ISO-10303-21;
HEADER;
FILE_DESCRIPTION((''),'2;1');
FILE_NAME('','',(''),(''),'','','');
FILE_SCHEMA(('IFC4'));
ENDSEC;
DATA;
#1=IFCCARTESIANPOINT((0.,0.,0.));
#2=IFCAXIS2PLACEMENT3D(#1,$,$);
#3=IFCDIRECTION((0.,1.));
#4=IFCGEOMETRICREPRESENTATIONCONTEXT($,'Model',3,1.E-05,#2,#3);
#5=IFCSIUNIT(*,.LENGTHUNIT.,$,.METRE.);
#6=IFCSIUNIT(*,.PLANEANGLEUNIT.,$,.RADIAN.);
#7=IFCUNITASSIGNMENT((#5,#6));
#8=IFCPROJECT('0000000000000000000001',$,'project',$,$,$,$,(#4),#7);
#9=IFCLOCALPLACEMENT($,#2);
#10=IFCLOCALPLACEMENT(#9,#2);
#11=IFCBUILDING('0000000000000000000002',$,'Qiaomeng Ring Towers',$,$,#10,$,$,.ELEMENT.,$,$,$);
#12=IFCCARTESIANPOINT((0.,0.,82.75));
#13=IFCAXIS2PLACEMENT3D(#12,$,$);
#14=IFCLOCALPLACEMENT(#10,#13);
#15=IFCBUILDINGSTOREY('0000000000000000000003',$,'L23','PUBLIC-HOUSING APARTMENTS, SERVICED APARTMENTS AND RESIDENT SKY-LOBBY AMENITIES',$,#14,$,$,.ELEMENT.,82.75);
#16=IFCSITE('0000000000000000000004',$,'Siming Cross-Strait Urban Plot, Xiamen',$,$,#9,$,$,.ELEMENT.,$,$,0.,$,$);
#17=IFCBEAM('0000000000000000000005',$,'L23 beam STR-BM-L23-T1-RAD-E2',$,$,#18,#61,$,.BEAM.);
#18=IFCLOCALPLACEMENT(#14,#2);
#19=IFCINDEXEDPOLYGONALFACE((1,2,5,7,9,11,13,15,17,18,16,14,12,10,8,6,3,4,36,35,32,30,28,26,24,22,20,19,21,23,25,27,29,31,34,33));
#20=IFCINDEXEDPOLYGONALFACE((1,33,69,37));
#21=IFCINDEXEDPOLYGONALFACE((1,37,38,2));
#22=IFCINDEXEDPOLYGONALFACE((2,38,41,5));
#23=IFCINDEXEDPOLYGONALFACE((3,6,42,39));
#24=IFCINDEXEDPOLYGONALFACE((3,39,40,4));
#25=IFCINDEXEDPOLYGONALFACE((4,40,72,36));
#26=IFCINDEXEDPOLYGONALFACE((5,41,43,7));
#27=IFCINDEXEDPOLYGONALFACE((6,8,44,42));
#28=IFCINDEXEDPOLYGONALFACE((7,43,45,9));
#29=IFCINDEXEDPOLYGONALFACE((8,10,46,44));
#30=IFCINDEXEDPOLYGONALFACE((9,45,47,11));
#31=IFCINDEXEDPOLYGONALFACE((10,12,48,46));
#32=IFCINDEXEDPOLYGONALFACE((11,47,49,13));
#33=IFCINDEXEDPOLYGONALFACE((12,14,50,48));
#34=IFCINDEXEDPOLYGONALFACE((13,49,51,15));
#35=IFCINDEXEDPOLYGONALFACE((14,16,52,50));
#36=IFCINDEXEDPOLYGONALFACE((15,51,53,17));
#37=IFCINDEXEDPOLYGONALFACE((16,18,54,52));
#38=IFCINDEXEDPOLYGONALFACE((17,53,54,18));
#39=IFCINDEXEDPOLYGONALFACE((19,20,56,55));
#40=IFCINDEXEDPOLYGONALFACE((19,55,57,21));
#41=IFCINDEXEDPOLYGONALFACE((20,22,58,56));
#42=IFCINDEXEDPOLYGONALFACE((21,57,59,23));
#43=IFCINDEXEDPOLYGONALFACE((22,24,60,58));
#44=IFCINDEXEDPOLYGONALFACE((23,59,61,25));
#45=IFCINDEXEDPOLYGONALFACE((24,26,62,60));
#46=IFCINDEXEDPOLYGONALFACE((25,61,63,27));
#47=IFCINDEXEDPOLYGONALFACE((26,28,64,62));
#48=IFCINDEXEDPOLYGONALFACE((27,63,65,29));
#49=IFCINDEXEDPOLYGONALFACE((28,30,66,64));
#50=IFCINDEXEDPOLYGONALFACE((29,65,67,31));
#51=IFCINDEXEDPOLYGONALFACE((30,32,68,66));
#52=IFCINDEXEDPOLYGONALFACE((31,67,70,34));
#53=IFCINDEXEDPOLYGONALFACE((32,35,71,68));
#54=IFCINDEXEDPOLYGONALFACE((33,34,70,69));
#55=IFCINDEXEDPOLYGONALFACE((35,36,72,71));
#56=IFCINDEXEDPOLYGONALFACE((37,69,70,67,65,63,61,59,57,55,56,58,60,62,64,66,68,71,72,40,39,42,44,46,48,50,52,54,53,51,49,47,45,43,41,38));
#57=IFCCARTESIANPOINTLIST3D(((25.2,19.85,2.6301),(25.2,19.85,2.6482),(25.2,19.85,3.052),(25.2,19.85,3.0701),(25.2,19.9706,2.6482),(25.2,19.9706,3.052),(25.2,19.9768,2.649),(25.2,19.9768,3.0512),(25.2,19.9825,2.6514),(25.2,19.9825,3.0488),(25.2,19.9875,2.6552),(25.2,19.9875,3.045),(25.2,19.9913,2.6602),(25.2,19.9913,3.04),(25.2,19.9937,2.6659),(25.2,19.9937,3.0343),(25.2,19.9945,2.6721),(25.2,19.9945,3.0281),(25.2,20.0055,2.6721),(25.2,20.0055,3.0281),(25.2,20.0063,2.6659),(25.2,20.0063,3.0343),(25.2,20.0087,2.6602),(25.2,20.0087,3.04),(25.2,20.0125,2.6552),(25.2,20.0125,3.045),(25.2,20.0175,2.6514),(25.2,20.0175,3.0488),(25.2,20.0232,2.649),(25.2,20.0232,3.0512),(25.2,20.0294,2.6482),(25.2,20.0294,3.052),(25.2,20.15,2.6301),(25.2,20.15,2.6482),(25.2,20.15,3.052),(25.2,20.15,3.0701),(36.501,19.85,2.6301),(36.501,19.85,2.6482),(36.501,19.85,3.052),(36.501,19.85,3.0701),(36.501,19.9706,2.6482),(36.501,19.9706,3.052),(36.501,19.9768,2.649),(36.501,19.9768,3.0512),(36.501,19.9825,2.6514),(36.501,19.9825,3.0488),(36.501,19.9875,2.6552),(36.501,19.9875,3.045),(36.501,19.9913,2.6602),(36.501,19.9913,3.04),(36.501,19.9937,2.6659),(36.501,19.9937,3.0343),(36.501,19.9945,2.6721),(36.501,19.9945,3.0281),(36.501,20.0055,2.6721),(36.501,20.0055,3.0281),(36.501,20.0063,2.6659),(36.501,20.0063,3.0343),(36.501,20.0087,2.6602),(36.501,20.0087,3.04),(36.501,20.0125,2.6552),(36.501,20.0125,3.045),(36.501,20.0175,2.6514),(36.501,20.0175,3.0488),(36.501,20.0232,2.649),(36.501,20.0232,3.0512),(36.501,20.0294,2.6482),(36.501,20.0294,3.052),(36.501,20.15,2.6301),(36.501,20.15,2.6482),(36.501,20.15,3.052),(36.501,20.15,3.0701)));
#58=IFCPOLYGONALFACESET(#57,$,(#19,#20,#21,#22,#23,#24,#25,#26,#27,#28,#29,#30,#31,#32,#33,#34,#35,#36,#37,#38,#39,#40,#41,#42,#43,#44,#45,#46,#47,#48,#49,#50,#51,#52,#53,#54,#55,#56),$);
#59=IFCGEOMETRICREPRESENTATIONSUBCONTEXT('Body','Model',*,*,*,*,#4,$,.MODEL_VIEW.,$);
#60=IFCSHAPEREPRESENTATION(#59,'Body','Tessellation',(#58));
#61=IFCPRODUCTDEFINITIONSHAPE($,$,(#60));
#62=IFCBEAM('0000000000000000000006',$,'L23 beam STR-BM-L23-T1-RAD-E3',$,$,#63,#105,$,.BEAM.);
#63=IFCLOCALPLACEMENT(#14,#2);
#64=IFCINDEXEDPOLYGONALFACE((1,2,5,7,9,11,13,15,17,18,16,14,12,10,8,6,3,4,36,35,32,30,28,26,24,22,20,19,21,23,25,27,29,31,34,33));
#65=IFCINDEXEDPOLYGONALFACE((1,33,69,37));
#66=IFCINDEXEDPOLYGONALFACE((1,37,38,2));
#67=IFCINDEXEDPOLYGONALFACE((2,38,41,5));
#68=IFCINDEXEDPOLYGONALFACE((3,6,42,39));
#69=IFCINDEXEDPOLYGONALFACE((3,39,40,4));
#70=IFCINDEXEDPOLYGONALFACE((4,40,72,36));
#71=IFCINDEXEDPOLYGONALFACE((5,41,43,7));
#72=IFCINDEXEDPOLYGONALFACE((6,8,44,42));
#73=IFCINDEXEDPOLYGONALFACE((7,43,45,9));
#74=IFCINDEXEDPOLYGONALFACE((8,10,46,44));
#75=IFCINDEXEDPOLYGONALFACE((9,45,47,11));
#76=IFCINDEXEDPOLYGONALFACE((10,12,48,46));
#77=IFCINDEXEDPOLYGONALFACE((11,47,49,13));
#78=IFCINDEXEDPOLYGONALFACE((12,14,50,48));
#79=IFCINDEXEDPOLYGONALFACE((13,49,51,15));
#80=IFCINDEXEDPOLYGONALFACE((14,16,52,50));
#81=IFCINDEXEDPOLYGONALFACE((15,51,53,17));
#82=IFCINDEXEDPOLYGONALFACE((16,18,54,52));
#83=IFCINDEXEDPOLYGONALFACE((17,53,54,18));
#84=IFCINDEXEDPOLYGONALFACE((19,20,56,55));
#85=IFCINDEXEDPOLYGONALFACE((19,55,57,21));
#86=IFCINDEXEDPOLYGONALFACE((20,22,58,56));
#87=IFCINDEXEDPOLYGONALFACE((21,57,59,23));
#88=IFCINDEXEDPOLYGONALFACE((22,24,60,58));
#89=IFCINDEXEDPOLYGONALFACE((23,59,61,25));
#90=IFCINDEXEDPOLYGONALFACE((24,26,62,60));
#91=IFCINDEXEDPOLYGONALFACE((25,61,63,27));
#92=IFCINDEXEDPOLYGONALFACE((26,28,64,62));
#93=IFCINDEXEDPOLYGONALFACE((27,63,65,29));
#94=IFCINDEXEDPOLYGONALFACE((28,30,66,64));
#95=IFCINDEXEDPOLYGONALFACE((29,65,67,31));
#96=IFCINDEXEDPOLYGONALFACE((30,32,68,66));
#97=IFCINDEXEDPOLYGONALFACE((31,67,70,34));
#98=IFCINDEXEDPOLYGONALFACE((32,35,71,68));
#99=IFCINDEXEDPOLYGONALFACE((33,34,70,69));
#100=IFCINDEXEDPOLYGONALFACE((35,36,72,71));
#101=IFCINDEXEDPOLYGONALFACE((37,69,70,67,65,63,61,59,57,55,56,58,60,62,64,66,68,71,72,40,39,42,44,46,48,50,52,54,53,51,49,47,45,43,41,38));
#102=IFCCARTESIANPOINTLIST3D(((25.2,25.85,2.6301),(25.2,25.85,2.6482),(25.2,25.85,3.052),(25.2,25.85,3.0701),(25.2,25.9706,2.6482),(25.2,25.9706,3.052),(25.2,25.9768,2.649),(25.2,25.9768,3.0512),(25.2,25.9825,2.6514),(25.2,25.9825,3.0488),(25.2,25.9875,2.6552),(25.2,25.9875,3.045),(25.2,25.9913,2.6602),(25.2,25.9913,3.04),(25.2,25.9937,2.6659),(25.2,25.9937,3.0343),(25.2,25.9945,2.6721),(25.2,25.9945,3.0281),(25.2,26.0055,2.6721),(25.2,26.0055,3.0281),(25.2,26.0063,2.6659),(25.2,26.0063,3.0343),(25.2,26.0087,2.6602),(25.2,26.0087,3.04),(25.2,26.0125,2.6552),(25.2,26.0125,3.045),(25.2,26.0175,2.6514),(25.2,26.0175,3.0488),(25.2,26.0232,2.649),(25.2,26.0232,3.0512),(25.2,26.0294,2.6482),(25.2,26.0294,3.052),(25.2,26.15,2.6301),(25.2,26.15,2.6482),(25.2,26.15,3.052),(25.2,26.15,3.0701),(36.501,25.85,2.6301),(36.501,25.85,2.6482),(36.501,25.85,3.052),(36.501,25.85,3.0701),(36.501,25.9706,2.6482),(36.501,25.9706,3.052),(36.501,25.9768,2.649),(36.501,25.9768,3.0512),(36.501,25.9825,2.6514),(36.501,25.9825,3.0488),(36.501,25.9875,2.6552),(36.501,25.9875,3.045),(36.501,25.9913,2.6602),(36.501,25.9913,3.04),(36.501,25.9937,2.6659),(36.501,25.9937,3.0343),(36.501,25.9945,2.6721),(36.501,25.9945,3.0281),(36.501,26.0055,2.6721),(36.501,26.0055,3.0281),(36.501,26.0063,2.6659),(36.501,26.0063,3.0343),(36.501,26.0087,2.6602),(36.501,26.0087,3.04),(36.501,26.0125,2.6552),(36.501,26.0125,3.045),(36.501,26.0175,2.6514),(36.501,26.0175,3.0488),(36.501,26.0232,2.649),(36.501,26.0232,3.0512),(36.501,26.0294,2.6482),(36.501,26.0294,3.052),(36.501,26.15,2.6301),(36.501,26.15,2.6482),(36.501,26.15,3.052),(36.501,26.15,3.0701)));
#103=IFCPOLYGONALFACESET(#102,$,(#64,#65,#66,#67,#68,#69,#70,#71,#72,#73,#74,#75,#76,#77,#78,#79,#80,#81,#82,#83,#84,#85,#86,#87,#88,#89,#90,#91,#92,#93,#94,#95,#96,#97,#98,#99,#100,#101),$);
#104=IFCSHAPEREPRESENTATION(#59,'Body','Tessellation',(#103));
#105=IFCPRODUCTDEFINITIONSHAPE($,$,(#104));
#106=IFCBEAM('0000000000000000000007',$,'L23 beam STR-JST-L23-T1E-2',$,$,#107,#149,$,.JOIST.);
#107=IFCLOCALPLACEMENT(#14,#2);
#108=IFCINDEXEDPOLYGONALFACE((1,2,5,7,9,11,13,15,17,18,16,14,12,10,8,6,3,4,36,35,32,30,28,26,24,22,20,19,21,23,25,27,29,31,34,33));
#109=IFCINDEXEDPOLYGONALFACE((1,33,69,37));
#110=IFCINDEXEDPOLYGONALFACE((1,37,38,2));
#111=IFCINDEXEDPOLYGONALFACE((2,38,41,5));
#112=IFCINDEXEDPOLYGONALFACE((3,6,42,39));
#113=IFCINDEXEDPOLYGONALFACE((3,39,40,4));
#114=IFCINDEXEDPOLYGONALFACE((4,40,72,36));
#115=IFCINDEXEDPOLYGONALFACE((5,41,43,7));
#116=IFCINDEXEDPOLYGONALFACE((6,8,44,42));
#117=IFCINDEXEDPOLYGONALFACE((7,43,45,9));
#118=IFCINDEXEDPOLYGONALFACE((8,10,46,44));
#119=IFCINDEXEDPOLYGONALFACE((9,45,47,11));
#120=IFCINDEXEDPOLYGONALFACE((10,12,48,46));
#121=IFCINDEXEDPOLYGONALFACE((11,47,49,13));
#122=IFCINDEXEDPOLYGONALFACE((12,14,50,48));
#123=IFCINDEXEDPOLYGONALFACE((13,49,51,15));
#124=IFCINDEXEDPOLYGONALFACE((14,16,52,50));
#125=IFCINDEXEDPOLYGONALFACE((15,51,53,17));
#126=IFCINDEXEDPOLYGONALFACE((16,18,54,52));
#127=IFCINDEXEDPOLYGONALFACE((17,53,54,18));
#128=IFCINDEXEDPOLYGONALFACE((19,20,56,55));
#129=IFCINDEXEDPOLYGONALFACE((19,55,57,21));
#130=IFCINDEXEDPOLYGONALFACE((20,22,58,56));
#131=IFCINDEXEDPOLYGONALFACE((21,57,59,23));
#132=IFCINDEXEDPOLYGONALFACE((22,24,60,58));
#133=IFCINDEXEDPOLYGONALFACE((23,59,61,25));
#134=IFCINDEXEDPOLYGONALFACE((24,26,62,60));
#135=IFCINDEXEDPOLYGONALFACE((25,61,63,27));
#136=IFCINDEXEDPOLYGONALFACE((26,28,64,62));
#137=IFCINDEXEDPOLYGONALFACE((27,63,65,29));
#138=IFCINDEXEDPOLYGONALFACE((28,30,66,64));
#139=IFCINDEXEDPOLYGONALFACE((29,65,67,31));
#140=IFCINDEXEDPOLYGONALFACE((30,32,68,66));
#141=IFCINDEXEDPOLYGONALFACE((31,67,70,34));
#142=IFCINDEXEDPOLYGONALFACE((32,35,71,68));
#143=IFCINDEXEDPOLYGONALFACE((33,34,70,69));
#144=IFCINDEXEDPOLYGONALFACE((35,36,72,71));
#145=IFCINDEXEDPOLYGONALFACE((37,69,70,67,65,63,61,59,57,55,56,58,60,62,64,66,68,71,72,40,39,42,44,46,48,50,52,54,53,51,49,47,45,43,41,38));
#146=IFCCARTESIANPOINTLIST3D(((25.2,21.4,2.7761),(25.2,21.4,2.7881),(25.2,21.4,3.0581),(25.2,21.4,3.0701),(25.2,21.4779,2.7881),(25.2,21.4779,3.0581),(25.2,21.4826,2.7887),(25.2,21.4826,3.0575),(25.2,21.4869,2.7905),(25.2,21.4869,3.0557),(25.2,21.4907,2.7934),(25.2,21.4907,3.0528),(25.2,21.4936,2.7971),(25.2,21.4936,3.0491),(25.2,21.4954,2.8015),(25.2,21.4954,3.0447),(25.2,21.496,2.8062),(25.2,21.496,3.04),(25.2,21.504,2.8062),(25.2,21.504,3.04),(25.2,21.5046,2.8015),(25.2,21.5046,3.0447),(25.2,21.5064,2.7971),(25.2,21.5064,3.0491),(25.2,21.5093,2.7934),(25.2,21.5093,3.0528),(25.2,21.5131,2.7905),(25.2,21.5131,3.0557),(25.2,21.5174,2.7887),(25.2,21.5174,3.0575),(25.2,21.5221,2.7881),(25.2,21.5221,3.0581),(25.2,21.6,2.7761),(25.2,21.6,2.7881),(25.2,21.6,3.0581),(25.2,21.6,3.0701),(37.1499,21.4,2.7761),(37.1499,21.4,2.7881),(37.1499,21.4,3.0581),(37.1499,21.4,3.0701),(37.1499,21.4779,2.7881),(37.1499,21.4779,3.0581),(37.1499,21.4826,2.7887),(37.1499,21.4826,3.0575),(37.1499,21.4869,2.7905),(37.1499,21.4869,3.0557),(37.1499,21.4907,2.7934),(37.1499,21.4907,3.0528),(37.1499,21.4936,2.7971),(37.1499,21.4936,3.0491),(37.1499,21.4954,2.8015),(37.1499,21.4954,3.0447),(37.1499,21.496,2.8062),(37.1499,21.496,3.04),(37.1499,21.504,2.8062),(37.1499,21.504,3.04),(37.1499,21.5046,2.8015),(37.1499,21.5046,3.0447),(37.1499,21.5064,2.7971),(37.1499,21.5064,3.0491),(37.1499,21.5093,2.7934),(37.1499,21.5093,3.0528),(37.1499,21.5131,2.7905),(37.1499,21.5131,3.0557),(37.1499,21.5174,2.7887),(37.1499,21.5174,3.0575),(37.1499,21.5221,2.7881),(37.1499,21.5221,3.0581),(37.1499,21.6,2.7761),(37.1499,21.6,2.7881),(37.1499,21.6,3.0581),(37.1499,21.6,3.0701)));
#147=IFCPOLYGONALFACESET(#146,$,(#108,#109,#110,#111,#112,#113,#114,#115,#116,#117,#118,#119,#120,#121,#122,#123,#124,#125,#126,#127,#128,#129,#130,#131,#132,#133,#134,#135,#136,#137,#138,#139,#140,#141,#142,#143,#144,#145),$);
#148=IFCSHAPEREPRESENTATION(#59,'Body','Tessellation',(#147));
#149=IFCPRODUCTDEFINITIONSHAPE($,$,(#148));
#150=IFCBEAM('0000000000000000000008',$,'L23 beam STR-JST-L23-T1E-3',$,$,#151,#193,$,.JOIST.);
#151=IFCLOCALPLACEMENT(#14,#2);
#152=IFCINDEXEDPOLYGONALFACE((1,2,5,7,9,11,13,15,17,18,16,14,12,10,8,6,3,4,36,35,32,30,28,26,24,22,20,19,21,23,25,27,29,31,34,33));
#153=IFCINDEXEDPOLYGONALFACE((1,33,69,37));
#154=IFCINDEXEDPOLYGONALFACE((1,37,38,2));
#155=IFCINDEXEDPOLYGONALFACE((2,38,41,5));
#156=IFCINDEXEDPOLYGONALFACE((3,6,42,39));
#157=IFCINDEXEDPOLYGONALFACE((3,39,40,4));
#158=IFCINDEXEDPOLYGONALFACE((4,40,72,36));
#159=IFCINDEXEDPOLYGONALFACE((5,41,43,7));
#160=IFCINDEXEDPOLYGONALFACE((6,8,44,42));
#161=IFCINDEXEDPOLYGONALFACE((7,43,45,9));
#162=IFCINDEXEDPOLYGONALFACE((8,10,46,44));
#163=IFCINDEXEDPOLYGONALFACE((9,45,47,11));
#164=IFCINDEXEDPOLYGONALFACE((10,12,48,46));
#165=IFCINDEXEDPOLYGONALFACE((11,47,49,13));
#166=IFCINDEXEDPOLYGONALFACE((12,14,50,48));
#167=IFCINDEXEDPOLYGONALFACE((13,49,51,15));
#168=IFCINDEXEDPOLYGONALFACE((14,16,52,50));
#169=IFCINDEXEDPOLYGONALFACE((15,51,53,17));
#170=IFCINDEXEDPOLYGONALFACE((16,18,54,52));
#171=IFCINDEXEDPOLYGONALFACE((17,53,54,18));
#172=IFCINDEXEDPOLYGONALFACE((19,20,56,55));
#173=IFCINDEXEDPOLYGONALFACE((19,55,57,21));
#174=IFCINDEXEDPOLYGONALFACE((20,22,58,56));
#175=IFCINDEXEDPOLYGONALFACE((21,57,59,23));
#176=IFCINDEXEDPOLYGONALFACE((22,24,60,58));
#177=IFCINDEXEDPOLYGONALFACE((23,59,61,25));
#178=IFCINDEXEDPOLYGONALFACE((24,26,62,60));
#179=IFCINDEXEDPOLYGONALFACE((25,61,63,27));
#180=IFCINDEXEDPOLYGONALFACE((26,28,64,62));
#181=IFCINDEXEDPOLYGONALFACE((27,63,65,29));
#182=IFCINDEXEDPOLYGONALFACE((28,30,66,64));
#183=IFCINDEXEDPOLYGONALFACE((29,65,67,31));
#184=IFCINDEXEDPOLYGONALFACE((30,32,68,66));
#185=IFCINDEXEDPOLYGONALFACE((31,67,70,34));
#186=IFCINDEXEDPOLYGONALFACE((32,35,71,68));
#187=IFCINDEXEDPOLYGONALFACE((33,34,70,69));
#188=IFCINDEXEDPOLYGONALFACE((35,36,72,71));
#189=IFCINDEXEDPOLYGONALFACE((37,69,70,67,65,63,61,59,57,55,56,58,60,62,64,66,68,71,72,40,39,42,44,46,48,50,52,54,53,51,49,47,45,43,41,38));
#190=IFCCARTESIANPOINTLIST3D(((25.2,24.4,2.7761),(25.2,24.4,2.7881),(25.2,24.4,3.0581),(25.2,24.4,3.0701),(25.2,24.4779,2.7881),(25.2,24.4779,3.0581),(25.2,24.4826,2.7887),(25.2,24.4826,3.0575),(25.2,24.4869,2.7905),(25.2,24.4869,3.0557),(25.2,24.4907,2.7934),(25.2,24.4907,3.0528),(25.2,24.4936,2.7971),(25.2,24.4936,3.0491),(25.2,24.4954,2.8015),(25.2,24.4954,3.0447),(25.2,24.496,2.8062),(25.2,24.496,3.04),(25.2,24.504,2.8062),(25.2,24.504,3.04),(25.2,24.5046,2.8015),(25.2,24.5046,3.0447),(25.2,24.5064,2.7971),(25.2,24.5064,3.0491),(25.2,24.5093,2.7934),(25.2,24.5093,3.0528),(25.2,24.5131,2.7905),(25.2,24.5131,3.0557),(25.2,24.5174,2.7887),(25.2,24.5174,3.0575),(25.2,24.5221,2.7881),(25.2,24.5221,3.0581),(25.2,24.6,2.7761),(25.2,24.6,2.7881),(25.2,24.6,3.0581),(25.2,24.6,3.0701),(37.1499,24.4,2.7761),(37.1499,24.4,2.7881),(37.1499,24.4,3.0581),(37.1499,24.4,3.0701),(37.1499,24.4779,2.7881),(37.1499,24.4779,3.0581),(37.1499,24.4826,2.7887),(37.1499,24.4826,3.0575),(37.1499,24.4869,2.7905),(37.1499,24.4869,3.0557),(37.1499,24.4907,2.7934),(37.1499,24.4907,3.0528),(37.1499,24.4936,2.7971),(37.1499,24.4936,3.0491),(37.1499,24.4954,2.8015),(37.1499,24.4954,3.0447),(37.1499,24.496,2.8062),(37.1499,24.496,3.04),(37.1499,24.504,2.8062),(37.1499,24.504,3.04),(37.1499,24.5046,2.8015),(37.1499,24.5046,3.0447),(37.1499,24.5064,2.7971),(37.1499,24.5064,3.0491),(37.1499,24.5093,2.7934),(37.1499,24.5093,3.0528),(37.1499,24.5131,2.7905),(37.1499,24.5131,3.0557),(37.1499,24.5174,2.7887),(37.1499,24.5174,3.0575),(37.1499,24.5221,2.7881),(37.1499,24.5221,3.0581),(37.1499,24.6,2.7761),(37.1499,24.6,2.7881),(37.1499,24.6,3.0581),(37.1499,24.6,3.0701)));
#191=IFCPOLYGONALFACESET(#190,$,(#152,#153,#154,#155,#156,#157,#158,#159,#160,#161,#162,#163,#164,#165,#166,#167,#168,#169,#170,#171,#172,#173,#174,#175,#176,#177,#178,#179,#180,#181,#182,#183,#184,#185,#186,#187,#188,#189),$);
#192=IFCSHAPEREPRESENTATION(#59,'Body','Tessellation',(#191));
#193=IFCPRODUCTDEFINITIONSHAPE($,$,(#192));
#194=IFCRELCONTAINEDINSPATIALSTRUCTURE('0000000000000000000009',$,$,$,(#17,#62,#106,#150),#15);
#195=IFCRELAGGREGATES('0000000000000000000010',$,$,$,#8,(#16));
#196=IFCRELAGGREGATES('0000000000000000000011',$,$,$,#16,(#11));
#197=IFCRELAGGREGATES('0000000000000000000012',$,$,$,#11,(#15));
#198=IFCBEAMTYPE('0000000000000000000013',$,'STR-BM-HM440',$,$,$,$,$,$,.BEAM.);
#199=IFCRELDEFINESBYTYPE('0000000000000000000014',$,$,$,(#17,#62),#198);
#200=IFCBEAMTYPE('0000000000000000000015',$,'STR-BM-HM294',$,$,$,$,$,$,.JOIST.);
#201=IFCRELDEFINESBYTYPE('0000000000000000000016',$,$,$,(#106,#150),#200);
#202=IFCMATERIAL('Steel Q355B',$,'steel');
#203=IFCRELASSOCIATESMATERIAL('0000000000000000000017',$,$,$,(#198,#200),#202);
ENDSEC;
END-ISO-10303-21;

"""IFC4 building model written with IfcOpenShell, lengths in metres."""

from ifc_helpers import new_model, si_unit, direction, frame, origin, origin_2d, place, context, subcontext, project, spatial, i_section, extrude, source, transform, mapped, material, material_profile, profile_set, type_object, element, save


model = new_model("IFC4")

# Units and contexts
model_context = context("Model", 3, precision=1e-05, world=origin(), true_north=direction((0.0, 1.0)))
body_context = subcontext(model_context, "Body", "Model", "MODEL_VIEW")
ifc_project = project(units=[si_unit("LENGTHUNIT", "METRE"), si_unit("PLANEANGLEUNIT", "RADIAN")], contexts=[model_context])

# Site, building, storey
site_placement = place(None, origin())
site = spatial("IfcSite", under=ifc_project, at=site_placement, Name="Siming Cross-Strait Urban Plot, Xiamen", CompositionType="ELEMENT", RefElevation=0.0)
building_placement = place(site_placement, origin())
building = spatial("IfcBuilding", under=site, at=building_placement, Name="Qiaomeng Ring Towers", CompositionType="ELEMENT")
storey_placement = place(building_placement, frame((0.0, 0.0, 82.75)))
storey = spatial("IfcBuildingStorey", under=building, at=storey_placement, Name="L23", Description="PUBLIC-HOUSING APARTMENTS, SERVICED APARTMENTS AND RESIDENT SKY-LOBBY AMENITIES", CompositionType="ELEMENT", Elevation=82.75)

# Beams
ifc_material_1 = material(Name="Steel Q355B", Category="steel")
ifc_material_profile_1 = material_profile(ifc_material_1, i_section(OverallWidth=0.3, OverallDepth=0.4399, WebThickness=0.011, FlangeThickness=0.0181, FilletRadius=0.0239, at=origin_2d()), Name="HM 440x300x11x18")
ifc_profile_set_1 = profile_set([ifc_material_profile_1], Name="Steel Q355B")
beam_type_1 = type_object("IfcBeamType", Name="STR-BM-HM440", PredefinedType="BEAM", material=ifc_profile_set_1)
shared_shape_1 = source(origin(), body_context, "Body", "SweptSolid", [
    extrude(i_section(OverallWidth=0.3, OverallDepth=0.4399, WebThickness=0.011, FlangeThickness=0.0181, FilletRadius=0.0239, at=origin_2d()), origin(), (0.0, 0.0, 1.0), 11.301),
])
for number, where, z_axis, x_axis, name in (
    (1, (25.2, 20.0, 2.8501), (1.0, 0.0, 0.0), (0.0, 1.0, 0.0), "L23 beam STR-BM-L23-T1-RAD-E2"),
    (2, (25.2, 26.0, 2.8501), (1.0, 0.0, 0.0), (0.0, 1.0, 0.0), "L23 beam STR-BM-L23-T1-RAD-E3"),
):
    element("IfcBeam", number, at=place(storey_placement, frame(where, z_axis=z_axis, x_axis=x_axis)), inside=storey, type_object=beam_type_1, Name=name, PredefinedType="BEAM", context=body_context, shape_type="MappedRepresentation", body=[
        mapped(shared_shape_1, transform((0.0, 0.0, 0.0), x_axis=(1.0, 0.0, 0.0), y_axis=(0.0, 1.0, 0.0), z_axis=(0.0, 0.0, 1.0), scale=1.0)),
    ])
ifc_material_profile_2 = material_profile(ifc_material_1, i_section(OverallWidth=0.2, OverallDepth=0.2939, WebThickness=0.0081, FlangeThickness=0.012, FilletRadius=0.0181, at=origin_2d()), Name="HM 294x200x8x12")
ifc_profile_set_2 = profile_set([ifc_material_profile_2], Name="Steel Q355B")
beam_type_2 = type_object("IfcBeamType", Name="STR-BM-HM294", PredefinedType="JOIST", material=ifc_profile_set_2)
shared_shape_2 = source(origin(), body_context, "Body", "SweptSolid", [
    extrude(i_section(OverallWidth=0.2, OverallDepth=0.2939, WebThickness=0.0081, FlangeThickness=0.012, FilletRadius=0.0181, at=origin_2d()), origin(), (0.0, 0.0, 1.0), 11.95),
])
for number, where, z_axis, x_axis, name in (
    (3, (25.2, 21.5, 2.9231), (1.0, 0.0, 0.0), (0.0, 1.0, 0.0), "L23 beam STR-JST-L23-T1E-2"),
    (4, (25.2, 24.5, 2.9231), (1.0, 0.0, 0.0), (0.0, 1.0, 0.0), "L23 beam STR-JST-L23-T1E-3"),
):
    element("IfcBeam", number, at=place(storey_placement, frame(where, z_axis=z_axis, x_axis=x_axis)), inside=storey, type_object=beam_type_2, Name=name, PredefinedType="JOIST", context=body_context, shape_type="MappedRepresentation", body=[
        mapped(shared_shape_2, transform((0.0, 0.0, 0.0), x_axis=(1.0, 0.0, 0.0), y_axis=(0.0, 1.0, 0.0), z_axis=(0.0, 0.0, 1.0), scale=1.0)),
    ])

save(model, "model.ifc")
